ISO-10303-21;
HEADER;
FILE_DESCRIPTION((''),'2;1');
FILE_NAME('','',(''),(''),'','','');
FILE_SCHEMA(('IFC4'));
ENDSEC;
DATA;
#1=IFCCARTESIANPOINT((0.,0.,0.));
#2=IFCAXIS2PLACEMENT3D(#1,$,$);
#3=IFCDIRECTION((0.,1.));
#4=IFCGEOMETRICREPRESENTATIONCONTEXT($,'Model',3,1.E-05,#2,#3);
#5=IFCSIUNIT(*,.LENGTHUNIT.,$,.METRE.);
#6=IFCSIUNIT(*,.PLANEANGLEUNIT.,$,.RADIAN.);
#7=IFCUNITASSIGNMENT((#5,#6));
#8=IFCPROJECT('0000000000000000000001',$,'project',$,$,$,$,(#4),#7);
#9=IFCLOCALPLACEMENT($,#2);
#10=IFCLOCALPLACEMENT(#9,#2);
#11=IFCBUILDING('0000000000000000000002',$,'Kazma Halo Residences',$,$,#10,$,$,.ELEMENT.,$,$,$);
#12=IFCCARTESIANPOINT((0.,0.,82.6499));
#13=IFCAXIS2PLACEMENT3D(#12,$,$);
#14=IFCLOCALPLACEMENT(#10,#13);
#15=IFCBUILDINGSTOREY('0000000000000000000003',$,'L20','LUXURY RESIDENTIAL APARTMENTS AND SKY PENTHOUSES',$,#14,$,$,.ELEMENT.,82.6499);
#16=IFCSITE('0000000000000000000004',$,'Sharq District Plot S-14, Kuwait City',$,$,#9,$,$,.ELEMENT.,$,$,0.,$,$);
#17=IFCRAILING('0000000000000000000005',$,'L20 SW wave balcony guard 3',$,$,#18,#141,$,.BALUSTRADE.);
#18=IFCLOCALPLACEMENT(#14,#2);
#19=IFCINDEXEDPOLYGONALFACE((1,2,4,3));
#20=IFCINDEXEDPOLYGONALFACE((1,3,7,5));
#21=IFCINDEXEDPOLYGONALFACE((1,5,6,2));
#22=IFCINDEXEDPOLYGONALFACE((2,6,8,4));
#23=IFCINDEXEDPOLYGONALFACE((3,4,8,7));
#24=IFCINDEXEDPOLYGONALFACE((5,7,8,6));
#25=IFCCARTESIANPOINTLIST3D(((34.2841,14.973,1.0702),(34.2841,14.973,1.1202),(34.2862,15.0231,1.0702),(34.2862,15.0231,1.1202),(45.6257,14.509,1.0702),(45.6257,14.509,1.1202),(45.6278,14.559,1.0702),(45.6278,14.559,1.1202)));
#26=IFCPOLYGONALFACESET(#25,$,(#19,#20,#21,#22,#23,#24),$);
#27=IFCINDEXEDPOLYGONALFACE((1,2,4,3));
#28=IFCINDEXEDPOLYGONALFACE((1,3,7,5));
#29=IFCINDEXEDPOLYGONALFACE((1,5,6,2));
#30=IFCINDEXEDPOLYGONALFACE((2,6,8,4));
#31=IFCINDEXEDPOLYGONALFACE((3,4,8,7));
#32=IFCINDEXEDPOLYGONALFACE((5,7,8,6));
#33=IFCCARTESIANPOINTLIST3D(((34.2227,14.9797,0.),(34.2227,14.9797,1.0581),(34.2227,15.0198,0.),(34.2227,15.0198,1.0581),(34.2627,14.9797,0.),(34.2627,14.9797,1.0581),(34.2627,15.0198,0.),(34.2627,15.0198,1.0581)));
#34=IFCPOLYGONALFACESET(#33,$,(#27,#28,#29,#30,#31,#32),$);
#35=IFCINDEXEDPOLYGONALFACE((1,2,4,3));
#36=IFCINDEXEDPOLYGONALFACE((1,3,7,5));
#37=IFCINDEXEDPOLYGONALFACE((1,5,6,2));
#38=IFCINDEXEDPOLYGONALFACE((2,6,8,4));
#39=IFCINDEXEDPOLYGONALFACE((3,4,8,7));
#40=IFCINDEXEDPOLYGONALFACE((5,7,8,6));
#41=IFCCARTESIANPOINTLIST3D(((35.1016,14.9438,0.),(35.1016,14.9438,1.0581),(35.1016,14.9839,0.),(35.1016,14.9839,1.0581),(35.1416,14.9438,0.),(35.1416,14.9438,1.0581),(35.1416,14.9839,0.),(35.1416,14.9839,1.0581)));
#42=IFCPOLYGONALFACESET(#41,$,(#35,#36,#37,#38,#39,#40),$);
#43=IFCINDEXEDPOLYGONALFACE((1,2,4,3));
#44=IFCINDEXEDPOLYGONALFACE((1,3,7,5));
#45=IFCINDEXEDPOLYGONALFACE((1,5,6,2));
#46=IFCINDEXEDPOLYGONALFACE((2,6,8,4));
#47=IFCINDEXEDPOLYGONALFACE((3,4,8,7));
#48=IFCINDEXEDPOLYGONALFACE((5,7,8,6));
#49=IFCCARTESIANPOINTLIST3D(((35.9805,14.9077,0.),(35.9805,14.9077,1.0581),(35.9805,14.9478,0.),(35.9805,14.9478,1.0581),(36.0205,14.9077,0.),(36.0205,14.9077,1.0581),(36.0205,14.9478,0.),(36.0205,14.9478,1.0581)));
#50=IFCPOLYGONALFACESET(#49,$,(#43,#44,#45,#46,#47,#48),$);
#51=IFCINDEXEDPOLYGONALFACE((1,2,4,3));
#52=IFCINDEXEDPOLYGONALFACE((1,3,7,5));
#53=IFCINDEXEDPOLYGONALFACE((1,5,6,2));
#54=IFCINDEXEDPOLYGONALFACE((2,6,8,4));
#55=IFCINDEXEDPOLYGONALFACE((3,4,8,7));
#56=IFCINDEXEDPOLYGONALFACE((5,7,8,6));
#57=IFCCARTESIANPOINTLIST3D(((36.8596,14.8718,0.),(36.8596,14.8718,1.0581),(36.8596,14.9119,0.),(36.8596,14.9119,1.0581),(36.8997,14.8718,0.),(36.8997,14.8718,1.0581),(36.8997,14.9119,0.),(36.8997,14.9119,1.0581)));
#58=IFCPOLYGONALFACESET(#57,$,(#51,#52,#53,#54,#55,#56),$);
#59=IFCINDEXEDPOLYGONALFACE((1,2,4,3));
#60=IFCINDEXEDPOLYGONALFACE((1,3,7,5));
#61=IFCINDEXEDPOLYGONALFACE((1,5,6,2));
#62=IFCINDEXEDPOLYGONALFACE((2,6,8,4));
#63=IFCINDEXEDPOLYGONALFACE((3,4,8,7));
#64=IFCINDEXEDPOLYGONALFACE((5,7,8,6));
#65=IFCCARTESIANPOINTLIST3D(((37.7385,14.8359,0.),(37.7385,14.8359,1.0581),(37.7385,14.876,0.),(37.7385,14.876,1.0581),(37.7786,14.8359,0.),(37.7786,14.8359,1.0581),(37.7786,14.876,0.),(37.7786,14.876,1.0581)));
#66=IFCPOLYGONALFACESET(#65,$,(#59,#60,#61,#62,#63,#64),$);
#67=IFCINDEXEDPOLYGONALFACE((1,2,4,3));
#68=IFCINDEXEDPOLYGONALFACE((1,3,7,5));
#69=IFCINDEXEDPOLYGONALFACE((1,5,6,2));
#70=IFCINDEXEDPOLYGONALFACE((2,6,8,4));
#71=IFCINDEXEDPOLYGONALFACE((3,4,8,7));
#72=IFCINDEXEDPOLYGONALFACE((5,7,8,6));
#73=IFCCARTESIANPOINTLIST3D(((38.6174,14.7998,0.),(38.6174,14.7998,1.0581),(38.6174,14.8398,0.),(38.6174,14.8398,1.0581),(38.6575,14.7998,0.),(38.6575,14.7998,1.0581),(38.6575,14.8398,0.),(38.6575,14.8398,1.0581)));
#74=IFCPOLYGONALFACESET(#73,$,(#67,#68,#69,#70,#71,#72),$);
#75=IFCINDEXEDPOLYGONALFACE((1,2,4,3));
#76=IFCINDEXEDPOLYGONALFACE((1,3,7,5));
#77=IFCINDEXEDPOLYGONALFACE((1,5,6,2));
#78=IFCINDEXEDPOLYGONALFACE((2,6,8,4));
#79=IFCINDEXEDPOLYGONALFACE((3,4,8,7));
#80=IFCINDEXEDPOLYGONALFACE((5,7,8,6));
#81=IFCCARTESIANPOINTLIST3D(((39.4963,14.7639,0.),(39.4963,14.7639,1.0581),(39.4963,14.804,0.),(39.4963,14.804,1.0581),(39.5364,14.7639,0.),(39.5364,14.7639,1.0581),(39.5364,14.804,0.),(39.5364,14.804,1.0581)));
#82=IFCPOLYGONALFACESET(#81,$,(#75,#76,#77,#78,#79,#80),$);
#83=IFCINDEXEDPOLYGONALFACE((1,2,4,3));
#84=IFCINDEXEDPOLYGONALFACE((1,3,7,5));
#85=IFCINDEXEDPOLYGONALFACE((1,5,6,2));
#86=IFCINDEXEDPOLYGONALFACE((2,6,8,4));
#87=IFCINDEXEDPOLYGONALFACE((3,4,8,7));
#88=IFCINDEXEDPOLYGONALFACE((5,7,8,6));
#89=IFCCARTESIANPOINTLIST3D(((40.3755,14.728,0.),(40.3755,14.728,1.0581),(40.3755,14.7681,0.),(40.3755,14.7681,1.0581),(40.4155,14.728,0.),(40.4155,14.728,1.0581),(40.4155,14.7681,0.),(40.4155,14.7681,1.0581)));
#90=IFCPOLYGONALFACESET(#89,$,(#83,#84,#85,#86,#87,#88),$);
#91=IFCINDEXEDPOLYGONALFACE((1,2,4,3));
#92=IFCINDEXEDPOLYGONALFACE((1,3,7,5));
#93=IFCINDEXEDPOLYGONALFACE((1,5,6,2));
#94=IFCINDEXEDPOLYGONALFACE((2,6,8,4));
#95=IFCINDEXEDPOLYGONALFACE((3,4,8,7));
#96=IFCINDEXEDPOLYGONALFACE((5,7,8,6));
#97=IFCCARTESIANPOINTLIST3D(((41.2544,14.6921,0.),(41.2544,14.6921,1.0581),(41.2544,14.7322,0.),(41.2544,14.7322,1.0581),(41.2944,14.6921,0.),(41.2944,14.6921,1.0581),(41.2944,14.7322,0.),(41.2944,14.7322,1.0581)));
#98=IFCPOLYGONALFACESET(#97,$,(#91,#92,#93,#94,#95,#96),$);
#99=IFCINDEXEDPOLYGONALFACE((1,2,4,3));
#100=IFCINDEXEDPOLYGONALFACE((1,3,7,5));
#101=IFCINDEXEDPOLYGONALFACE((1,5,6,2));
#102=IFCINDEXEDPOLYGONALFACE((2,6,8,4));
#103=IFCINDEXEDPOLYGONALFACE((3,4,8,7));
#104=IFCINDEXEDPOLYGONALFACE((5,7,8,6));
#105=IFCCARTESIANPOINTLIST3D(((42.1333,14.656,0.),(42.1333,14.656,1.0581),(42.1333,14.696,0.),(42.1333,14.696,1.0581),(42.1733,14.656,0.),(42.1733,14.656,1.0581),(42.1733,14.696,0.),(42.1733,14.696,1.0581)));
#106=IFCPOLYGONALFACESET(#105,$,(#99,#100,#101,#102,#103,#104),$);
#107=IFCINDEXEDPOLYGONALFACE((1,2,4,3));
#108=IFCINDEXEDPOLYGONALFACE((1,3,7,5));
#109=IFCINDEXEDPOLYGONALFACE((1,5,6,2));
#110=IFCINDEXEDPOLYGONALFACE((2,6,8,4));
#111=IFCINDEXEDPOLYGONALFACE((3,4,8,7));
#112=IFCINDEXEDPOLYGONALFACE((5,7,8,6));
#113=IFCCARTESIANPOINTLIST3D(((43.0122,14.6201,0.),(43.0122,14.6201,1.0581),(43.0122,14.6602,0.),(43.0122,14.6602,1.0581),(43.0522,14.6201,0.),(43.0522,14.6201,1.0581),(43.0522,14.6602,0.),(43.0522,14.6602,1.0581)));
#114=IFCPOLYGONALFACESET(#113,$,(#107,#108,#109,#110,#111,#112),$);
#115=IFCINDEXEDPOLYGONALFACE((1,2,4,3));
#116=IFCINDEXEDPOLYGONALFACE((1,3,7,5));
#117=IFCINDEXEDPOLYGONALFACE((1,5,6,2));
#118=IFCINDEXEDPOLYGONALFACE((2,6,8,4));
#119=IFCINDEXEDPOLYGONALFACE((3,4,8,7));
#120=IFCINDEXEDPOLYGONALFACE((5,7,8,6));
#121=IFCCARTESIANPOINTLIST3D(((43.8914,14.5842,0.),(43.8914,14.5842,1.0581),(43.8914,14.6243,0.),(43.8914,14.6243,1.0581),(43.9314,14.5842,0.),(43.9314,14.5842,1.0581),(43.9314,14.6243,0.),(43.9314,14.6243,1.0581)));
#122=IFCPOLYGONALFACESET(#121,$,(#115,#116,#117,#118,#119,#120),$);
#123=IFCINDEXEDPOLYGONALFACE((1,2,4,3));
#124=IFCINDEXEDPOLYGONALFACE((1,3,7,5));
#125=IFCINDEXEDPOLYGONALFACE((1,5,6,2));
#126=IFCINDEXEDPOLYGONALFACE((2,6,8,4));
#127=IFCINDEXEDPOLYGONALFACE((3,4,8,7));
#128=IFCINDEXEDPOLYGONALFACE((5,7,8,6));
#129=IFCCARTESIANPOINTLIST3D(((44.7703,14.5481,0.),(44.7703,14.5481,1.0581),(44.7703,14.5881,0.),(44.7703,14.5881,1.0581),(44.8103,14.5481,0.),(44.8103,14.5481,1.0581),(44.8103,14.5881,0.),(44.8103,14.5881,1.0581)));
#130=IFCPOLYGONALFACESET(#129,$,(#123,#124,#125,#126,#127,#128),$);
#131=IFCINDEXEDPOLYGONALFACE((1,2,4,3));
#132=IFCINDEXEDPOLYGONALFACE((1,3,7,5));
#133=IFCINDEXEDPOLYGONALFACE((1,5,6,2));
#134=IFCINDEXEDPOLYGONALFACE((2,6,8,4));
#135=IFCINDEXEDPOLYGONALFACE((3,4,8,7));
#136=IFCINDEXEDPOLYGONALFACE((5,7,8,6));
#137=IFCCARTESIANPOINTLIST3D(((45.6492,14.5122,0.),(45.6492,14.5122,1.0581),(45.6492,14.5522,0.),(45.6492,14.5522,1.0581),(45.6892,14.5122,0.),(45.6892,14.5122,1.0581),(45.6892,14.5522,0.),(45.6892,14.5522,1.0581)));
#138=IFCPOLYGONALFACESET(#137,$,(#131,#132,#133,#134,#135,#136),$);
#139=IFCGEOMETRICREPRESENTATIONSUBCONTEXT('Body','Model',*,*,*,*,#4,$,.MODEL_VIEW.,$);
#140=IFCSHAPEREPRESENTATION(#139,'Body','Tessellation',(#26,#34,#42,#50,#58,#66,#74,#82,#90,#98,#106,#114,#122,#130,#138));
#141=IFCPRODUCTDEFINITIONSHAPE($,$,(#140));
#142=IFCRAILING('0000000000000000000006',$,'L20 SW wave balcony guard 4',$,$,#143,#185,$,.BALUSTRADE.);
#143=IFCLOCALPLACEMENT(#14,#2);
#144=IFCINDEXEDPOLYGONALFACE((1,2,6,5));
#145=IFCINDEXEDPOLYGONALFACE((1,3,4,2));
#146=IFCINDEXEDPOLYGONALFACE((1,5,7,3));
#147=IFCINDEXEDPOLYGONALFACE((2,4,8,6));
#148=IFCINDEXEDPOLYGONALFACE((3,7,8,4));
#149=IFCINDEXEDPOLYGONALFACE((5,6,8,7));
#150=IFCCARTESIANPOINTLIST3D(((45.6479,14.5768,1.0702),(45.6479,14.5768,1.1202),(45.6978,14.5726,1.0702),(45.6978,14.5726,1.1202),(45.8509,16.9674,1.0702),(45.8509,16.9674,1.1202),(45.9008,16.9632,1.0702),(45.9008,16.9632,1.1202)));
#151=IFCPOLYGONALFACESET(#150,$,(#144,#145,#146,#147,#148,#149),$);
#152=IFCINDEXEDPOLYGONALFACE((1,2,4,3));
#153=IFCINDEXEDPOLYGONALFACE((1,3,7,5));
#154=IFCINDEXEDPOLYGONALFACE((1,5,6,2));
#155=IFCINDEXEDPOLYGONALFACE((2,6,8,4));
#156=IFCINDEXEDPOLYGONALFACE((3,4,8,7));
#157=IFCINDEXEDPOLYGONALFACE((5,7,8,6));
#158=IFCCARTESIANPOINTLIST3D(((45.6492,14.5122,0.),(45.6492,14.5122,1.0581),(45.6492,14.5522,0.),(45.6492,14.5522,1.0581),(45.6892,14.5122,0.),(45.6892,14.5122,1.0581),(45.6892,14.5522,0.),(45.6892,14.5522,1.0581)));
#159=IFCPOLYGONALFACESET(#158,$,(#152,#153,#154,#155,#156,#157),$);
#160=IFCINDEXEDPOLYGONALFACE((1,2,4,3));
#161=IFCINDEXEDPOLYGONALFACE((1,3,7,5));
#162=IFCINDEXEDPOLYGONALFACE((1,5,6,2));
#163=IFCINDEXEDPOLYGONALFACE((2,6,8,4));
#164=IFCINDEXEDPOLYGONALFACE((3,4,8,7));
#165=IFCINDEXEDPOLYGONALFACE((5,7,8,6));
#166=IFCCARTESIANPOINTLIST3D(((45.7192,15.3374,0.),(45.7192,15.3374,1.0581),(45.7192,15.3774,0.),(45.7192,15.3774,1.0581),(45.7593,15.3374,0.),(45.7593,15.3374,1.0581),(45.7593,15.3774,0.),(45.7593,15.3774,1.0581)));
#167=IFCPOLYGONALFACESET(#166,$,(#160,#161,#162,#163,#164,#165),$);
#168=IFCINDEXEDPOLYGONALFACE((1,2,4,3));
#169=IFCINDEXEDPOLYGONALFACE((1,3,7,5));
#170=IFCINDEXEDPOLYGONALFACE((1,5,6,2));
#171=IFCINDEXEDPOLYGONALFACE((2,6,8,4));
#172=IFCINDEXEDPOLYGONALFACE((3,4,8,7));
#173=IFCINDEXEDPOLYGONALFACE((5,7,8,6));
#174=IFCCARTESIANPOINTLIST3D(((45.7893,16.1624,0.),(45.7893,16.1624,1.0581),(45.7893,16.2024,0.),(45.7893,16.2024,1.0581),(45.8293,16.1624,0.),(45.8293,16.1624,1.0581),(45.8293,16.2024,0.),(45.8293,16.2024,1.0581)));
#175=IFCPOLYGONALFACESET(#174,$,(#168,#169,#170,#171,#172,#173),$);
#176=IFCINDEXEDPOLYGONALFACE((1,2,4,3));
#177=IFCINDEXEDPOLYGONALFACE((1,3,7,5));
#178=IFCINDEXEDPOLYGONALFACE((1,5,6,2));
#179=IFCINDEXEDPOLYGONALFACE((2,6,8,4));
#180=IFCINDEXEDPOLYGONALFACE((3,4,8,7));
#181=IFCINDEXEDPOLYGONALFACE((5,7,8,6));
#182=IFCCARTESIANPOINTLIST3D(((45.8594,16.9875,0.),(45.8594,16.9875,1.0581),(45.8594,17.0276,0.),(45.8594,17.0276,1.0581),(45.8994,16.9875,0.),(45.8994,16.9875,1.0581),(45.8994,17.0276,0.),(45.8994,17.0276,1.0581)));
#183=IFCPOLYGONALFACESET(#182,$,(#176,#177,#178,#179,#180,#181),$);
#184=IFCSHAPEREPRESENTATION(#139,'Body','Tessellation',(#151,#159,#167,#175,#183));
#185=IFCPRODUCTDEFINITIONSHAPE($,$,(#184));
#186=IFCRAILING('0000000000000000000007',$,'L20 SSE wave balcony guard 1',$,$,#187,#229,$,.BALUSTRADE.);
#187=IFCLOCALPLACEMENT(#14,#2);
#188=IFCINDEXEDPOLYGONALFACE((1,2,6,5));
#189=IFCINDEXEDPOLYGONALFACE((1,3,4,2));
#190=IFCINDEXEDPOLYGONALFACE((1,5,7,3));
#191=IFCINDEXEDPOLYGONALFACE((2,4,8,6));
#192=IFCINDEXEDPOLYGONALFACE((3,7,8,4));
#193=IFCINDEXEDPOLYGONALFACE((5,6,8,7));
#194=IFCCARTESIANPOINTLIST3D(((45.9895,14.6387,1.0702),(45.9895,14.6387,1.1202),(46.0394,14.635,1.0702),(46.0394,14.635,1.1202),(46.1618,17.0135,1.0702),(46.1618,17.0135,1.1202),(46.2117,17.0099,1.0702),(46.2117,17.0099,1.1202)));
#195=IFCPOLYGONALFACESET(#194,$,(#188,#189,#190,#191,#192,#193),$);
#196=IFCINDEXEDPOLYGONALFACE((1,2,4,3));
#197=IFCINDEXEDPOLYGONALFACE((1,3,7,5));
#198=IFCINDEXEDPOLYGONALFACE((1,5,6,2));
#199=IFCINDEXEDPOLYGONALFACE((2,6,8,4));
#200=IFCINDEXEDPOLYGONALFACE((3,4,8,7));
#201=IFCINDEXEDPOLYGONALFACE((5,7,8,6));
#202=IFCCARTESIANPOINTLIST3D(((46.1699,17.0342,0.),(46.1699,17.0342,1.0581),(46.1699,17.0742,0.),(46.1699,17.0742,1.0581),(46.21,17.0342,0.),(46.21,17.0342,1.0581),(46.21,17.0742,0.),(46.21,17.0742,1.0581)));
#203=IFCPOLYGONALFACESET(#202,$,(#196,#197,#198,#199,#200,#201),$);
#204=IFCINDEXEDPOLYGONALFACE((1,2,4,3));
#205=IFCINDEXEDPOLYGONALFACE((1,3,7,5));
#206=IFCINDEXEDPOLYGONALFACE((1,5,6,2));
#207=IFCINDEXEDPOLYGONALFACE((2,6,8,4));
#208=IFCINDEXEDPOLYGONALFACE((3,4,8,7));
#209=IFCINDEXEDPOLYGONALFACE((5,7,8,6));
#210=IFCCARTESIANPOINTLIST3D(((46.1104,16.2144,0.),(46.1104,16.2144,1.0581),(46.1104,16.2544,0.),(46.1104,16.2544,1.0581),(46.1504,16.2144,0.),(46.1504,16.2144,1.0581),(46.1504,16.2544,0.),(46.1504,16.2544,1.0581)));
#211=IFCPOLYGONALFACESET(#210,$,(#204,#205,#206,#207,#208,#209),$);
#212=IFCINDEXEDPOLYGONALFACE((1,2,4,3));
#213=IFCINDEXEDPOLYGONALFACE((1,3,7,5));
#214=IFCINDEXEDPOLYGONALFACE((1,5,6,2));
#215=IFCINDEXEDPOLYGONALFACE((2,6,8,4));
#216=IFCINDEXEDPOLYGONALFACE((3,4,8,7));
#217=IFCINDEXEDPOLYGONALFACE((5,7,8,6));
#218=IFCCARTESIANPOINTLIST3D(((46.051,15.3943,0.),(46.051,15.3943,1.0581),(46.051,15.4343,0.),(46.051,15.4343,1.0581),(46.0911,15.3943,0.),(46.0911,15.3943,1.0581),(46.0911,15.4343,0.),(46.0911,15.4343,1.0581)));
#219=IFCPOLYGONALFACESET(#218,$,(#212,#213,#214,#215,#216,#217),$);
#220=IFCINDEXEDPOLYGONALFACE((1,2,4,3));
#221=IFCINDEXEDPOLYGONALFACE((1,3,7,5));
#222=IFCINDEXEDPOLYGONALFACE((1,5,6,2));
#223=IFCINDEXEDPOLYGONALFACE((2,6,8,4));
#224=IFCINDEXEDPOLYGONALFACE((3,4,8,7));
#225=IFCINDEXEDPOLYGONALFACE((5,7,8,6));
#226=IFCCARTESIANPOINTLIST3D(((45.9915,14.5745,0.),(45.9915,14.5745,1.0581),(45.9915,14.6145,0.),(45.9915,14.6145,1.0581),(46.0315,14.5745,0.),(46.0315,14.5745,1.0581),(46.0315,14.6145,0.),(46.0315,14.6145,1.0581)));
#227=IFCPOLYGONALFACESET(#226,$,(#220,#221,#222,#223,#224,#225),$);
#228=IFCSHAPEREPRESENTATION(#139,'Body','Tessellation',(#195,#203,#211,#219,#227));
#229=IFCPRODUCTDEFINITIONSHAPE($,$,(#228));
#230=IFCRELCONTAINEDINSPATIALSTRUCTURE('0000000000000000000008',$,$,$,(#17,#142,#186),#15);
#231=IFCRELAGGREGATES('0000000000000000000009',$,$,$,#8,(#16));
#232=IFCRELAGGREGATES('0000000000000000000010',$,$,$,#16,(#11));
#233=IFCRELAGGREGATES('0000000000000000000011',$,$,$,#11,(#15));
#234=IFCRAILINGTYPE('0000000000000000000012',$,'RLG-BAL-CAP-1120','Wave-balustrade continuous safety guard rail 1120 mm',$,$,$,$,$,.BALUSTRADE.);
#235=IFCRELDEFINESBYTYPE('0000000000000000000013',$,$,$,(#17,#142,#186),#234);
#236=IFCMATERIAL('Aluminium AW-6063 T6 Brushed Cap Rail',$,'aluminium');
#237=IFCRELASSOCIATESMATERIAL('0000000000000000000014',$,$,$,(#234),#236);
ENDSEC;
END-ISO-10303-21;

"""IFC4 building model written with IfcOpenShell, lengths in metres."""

from ifc_helpers import new_model, si_unit, direction, frame, origin, origin_2d, place, context, subcontext, project, spatial, rectangle, extrude, material, type_object, element, save


model = new_model("IFC4")

# Units and contexts
model_context = context("Model", 3, precision=1e-05, world=origin(), true_north=direction((0.0, 1.0)))
body_context = subcontext(model_context, "Body", "Model", "MODEL_VIEW")
ifc_project = project(units=[si_unit("LENGTHUNIT", "METRE"), si_unit("PLANEANGLEUNIT", "RADIAN")], contexts=[model_context])

# Site, building, storey
site_placement = place(None, origin())
site = spatial("IfcSite", under=ifc_project, at=site_placement, Name="Sharq District Plot S-14, Kuwait City", CompositionType="ELEMENT", RefElevation=0.0)
building_placement = place(site_placement, origin())
building = spatial("IfcBuilding", under=site, at=building_placement, Name="Kazma Halo Residences", CompositionType="ELEMENT")
storey_placement = place(building_placement, frame((0.0, 0.0, 82.6499)))
storey = spatial("IfcBuildingStorey", under=building, at=storey_placement, Name="L20", Description="LUXURY RESIDENTIAL APARTMENTS AND SKY PENTHOUSES", CompositionType="ELEMENT", Elevation=82.6499)

# Railings
ifc_material_1 = material(Name="Aluminium AW-6063 T6 Brushed Cap Rail", Category="aluminium")
railing_type = type_object("IfcRailingType", Name="RLG-BAL-CAP-1120", Description="Wave-balustrade continuous safety guard rail 1120 mm", PredefinedType="BALUSTRADE", material=ifc_material_1)
railing_1_placement = place(storey_placement, frame((34.2427, 14.9998, 0.0)))
element("IfcRailing", 1, at=railing_1_placement, inside=storey, type_object=railing_type, Name="L20 SW wave balcony guard 3", PredefinedType="BALUSTRADE", context=body_context, shape_type="SweptSolid", body=[
    extrude(rectangle(XDim=0.05, YDim=0.05, at=origin_2d()), frame((0.0425, -0.0017, 1.0952), z_axis=(0.999164, -0.040882, 0.0), x_axis=(0.040882, 0.999164, 0.0)), (0.0, 0.0, 1.0), 11.3511),
    extrude(rectangle(XDim=0.04, YDim=0.04, at=origin_2d()), origin(), (0.0, 0.0, 1.0), 1.0581),
    extrude(rectangle(XDim=0.04, YDim=0.04, at=origin_2d()), frame((0.8789, -0.0359, 0.0)), (0.0, 0.0, 1.0), 1.0581),
    extrude(rectangle(XDim=0.04, YDim=0.04, at=origin_2d()), frame((1.7578, -0.072, 0.0)), (0.0, 0.0, 1.0), 1.0581),
    extrude(rectangle(XDim=0.04, YDim=0.04, at=origin_2d()), frame((2.637, -0.1079, 0.0)), (0.0, 0.0, 1.0), 1.0581),
    extrude(rectangle(XDim=0.04, YDim=0.04, at=origin_2d()), frame((3.5159, -0.1438, 0.0)), (0.0, 0.0, 1.0), 1.0581),
    extrude(rectangle(XDim=0.04, YDim=0.04, at=origin_2d()), frame((4.3948, -0.1799, 0.0)), (0.0, 0.0, 1.0), 1.0581),
    extrude(rectangle(XDim=0.04, YDim=0.04, at=origin_2d()), frame((5.2737, -0.2158, 0.0)), (0.0, 0.0, 1.0), 1.0581),
    extrude(rectangle(XDim=0.04, YDim=0.04, at=origin_2d()), frame((6.1528, -0.2517, 0.0)), (0.0, 0.0, 1.0), 1.0581),
    extrude(rectangle(XDim=0.04, YDim=0.04, at=origin_2d()), frame((7.0317, -0.2876, 0.0)), (0.0, 0.0, 1.0), 1.0581),
    extrude(rectangle(XDim=0.04, YDim=0.04, at=origin_2d()), frame((7.9106, -0.3237, 0.0)), (0.0, 0.0, 1.0), 1.0581),
    extrude(rectangle(XDim=0.04, YDim=0.04, at=origin_2d()), frame((8.7896, -0.3596, 0.0)), (0.0, 0.0, 1.0), 1.0581),
    extrude(rectangle(XDim=0.04, YDim=0.04, at=origin_2d()), frame((9.6687, -0.3955, 0.0)), (0.0, 0.0, 1.0), 1.0581),
    extrude(rectangle(XDim=0.04, YDim=0.04, at=origin_2d()), frame((10.5476, -0.4316, 0.0)), (0.0, 0.0, 1.0), 1.0581),
    extrude(rectangle(XDim=0.04, YDim=0.04, at=origin_2d()), frame((11.4265, -0.4675, 0.0)), (0.0, 0.0, 1.0), 1.0581),
])
railing_2_placement = place(storey_placement, frame((45.6692, 14.5322, 0.0)))
element("IfcRailing", 2, at=railing_2_placement, inside=storey, type_object=railing_type, Name="L20 SW wave balcony guard 4", PredefinedType="BALUSTRADE", context=body_context, shape_type="SweptSolid", body=[
    extrude(rectangle(XDim=0.05, YDim=0.05, at=origin_2d()), frame((0.0037, 0.0425, 1.0952), z_axis=(0.084615, 0.996414, 0.0), x_axis=(-0.996414, 0.084615, 0.0)), (0.0, 0.0, 1.0), 2.3992),
    extrude(rectangle(XDim=0.04, YDim=0.04, at=origin_2d()), origin(), (0.0, 0.0, 1.0), 1.0581),
    extrude(rectangle(XDim=0.04, YDim=0.04, at=origin_2d()), frame((0.0701, 0.8252, 0.0)), (0.0, 0.0, 1.0), 1.0581),
    extrude(rectangle(XDim=0.04, YDim=0.04, at=origin_2d()), frame((0.1401, 1.6501, 0.0)), (0.0, 0.0, 1.0), 1.0581),
    extrude(rectangle(XDim=0.04, YDim=0.04, at=origin_2d()), frame((0.2102, 2.4753, 0.0)), (0.0, 0.0, 1.0), 1.0581),
])
railing_3_placement = place(storey_placement, frame((46.1899, 17.0542, 0.0)))
element("IfcRailing", 3, at=railing_3_placement, inside=storey, type_object=railing_type, Name="L20 SSE wave balcony guard 1", PredefinedType="BALUSTRADE", context=body_context, shape_type="SweptSolid", body=[
    extrude(rectangle(XDim=0.05, YDim=0.05, at=origin_2d()), frame((-0.0032, -0.0425, 1.0952), z_axis=(-0.072366, -0.997378, 0.0), x_axis=(0.997378, -0.072366, 0.0)), (0.0, 0.0, 1.0), 2.3811),
    extrude(rectangle(XDim=0.04, YDim=0.04, at=origin_2d()), origin(), (0.0, 0.0, 1.0), 1.0581),
    extrude(rectangle(XDim=0.04, YDim=0.04, at=origin_2d()), frame((-0.0596, -0.8198, 0.0)), (0.0, 0.0, 1.0), 1.0581),
    extrude(rectangle(XDim=0.04, YDim=0.04, at=origin_2d()), frame((-0.1189, -1.6399, 0.0)), (0.0, 0.0, 1.0), 1.0581),
    extrude(rectangle(XDim=0.04, YDim=0.04, at=origin_2d()), frame((-0.1785, -2.4597, 0.0)), (0.0, 0.0, 1.0), 1.0581),
])

save(model, "model.ifc")
